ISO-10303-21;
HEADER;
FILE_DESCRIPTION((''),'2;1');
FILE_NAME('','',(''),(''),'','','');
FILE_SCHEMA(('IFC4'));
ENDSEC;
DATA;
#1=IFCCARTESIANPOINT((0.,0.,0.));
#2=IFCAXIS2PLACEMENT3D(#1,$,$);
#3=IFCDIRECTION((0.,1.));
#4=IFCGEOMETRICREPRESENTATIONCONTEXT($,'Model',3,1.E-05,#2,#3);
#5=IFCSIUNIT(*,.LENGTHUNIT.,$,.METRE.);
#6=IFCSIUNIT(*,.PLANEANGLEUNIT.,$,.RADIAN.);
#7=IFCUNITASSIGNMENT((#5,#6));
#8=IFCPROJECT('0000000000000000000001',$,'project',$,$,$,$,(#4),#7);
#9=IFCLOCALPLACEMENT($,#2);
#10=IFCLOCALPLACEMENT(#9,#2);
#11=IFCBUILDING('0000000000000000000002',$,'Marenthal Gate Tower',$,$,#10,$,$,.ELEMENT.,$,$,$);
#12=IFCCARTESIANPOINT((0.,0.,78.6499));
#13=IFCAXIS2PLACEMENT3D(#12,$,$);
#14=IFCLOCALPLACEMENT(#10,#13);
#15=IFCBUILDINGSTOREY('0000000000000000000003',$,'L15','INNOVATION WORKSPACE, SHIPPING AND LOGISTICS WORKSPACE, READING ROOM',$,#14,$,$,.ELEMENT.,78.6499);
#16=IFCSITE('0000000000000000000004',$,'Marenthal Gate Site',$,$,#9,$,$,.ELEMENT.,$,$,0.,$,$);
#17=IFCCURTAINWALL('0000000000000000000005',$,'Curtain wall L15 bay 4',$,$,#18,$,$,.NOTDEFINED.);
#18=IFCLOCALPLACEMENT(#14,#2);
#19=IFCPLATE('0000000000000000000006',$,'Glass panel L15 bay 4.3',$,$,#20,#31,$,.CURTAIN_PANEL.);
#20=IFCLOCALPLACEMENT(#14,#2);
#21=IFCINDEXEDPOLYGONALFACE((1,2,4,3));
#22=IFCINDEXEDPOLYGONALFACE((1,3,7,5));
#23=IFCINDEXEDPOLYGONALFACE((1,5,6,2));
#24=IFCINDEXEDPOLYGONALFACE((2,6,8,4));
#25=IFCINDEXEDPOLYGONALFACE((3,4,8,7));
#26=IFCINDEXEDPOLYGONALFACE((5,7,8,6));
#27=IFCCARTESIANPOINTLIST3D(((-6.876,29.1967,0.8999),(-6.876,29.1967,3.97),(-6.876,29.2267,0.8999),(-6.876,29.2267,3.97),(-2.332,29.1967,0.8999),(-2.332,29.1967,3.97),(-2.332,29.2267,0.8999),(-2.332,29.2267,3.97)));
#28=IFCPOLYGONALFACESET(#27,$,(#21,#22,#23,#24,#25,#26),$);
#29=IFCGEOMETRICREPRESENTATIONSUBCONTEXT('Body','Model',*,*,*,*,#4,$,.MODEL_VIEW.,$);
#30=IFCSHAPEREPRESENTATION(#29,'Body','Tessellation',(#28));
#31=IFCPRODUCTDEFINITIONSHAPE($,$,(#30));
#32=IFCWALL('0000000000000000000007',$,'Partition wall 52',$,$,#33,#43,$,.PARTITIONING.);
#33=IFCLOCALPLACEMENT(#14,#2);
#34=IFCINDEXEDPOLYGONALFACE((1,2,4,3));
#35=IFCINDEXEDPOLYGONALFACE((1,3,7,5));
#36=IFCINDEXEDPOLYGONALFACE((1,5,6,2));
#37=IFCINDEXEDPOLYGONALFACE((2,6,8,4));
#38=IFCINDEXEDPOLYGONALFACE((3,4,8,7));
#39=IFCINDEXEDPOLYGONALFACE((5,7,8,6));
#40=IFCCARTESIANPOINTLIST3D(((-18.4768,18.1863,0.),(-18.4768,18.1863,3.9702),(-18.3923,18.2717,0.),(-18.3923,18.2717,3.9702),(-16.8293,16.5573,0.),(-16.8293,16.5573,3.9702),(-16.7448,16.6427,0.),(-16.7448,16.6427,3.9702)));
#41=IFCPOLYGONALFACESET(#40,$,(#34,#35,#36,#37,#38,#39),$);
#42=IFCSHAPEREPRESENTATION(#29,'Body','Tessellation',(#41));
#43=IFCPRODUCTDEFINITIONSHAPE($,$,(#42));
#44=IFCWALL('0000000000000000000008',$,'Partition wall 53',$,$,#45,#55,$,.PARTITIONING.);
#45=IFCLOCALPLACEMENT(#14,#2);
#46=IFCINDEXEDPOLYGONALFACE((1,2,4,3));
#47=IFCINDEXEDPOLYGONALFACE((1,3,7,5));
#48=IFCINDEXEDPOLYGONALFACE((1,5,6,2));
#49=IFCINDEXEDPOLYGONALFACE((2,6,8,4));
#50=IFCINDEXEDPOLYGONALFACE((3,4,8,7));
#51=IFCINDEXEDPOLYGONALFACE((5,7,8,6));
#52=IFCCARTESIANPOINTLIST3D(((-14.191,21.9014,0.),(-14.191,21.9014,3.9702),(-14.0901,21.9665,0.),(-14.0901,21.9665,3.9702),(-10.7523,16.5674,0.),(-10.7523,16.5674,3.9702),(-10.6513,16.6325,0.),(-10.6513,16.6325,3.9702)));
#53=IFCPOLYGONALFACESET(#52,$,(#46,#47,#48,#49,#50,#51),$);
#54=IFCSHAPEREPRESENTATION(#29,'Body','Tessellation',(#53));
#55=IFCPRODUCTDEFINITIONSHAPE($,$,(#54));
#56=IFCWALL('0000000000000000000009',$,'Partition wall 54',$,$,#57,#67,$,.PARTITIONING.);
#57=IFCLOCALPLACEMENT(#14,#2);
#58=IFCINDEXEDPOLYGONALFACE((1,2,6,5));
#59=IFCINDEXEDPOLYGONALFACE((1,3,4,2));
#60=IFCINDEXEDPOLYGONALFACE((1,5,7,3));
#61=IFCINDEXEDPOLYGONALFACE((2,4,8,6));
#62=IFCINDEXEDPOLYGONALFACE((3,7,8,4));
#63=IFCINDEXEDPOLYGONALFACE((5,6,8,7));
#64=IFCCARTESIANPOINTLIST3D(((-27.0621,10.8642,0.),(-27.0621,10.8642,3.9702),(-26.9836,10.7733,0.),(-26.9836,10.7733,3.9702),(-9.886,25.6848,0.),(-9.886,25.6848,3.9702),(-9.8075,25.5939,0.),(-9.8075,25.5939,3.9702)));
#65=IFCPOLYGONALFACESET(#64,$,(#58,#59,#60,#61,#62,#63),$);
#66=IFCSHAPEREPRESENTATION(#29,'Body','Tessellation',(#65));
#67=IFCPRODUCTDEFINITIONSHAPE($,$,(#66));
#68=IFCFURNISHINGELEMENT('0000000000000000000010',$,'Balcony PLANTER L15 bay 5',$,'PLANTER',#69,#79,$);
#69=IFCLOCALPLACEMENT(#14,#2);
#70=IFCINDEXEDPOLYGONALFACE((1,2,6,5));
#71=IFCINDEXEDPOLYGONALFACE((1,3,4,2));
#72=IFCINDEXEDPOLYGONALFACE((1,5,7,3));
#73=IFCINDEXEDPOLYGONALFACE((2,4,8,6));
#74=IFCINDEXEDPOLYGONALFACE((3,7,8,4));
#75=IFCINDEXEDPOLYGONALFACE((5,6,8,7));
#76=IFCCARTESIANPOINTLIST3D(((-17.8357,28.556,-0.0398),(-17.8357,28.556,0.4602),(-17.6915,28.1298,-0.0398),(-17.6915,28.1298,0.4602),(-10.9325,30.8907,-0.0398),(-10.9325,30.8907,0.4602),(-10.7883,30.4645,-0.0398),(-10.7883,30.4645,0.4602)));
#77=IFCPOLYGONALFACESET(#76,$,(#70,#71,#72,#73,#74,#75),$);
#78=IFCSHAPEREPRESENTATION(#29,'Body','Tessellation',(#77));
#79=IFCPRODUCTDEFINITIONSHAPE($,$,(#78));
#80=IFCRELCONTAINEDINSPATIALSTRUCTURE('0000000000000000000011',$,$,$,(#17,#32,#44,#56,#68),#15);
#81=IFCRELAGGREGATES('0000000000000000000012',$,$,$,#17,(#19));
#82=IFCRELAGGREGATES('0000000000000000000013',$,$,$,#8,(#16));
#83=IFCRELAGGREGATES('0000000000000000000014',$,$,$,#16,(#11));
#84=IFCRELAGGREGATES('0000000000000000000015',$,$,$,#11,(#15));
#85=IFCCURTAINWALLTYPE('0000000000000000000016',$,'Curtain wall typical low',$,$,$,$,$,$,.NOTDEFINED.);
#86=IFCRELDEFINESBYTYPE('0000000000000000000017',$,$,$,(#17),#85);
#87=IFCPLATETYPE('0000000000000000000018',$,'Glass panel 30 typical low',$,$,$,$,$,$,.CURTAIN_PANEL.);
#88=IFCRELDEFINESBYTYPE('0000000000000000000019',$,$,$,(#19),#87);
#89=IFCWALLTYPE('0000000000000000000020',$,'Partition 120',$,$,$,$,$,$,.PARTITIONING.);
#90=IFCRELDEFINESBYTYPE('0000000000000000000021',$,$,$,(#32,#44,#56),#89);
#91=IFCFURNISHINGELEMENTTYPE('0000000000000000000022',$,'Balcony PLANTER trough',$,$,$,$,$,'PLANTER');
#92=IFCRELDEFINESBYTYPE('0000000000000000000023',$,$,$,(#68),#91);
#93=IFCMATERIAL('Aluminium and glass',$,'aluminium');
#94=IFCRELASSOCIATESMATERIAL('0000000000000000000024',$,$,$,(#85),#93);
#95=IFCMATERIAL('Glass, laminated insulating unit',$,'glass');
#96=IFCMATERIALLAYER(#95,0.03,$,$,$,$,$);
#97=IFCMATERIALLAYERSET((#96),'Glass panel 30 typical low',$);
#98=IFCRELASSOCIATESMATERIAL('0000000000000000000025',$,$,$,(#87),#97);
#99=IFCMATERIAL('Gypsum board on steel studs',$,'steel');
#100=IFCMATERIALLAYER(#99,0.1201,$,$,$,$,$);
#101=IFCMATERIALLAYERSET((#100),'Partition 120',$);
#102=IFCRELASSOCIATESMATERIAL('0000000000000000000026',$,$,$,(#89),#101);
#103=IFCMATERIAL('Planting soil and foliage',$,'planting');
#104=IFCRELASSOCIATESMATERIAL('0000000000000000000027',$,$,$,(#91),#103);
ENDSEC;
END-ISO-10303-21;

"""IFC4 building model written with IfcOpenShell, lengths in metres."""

from ifc_helpers import new_model, si_unit, direction, frame, frame_2d, origin, origin_2d, place, context, subcontext, project, spatial, rectangle, extrude, material, layer, layer_set, type_object, element, aggregate, save


model = new_model("IFC4")

# Units and contexts
model_context = context("Model", 3, precision=1e-05, world=origin(), true_north=direction((0.0, 1.0)))
body_context = subcontext(model_context, "Body", "Model", "MODEL_VIEW")
ifc_project = project(units=[si_unit("LENGTHUNIT", "METRE"), si_unit("PLANEANGLEUNIT", "RADIAN")], contexts=[model_context])

# Site, building, storey
site_placement = place(None, origin())
site = spatial("IfcSite", under=ifc_project, at=site_placement, Name="Marenthal Gate Site", CompositionType="ELEMENT", RefElevation=0.0)
building_placement = place(site_placement, origin())
building = spatial("IfcBuilding", under=site, at=building_placement, Name="Marenthal Gate Tower", CompositionType="ELEMENT")
storey_placement = place(building_placement, frame((0.0, 0.0, 78.6499)))
storey = spatial("IfcBuildingStorey", under=building, at=storey_placement, Name="L15", Description="INNOVATION WORKSPACE, SHIPPING AND LOGISTICS WORKSPACE, READING ROOM", CompositionType="ELEMENT", Elevation=78.6499)

# Curtain wall
ifc_material_1 = material(Name="Aluminium and glass", Category="aluminium")
curtain_wall_type = type_object("IfcCurtainWallType", Name="Curtain wall typical low", PredefinedType="NOTDEFINED", material=ifc_material_1)
curtain_wall_placement = place(storey_placement, origin())
curtain_wall = element("IfcCurtainWall", 1, at=curtain_wall_placement, inside=storey, type_object=curtain_wall_type, Name="Curtain wall L15 bay 4", PredefinedType="NOTDEFINED")

# Plate
ifc_material_2 = material(Name="Glass, laminated insulating unit", Category="glass")
ifc_layer_1 = layer(ifc_material_2, 0.03)
ifc_layer_set_1 = layer_set([ifc_layer_1], Name="Glass panel 30 typical low")
plate_type = type_object("IfcPlateType", Name="Glass panel 30 typical low", PredefinedType="CURTAIN_PANEL", material=ifc_layer_set_1)
plate_placement = place(storey_placement, frame((-4.604, 29.2117, 0.8999), z_axis=(0.0, 0.0, 1.0), x_axis=(-1.0, 0.0, 0.0)))
plate = element("IfcPlate", 2, at=plate_placement, type_object=plate_type, Name="Glass panel L15 bay 4.3", PredefinedType="CURTAIN_PANEL", context=body_context, shape_type="SweptSolid", body=[
    extrude(rectangle(XDim=4.5439, YDim=0.03, at=origin_2d()), origin(), (0.0, 0.0, 1.0), 3.0701),
])
aggregate(curtain_wall, [plate])

# Walls
ifc_material_3 = material(Name="Gypsum board on steel studs", Category="steel")
ifc_layer_2 = layer(ifc_material_3, 0.1201)
ifc_layer_set_2 = layer_set([ifc_layer_2], Name="Partition 120")
wall_type_1 = type_object("IfcWallType", Name="Partition 120", PredefinedType="PARTITIONING", material=ifc_layer_set_2)
wall_1_placement = place(storey_placement, frame((-18.4346, 18.229, 0.0), z_axis=(0.0, 0.0, 1.0), x_axis=(0.7111, -0.703091, 0.0)))
element("IfcWall", 3, at=wall_1_placement, inside=storey, type_object=wall_type_1, Name="Partition wall 52", PredefinedType="PARTITIONING", context=body_context, shape_type="SweptSolid", body=[
    extrude(rectangle(XDim=2.3169, YDim=0.1201, at=frame_2d((1.1584, 0.0))), origin(), (0.0, 0.0, 1.0), 3.9702),
])
wall_2_placement = place(storey_placement, frame((-14.1406, 21.9341, 0.0), z_axis=(0.0, 0.0, 1.0), x_axis=(0.541842, -0.84048, 0.0)))
element("IfcWall", 4, at=wall_2_placement, inside=storey, type_object=wall_type_1, Name="Partition wall 53", PredefinedType="PARTITIONING", context=body_context, shape_type="SweptSolid", body=[
    extrude(rectangle(XDim=6.3464, YDim=0.1201, at=frame_2d((3.1733, 0.0))), origin(), (0.0, 0.0, 1.0), 3.9702),
])
wall_3_placement = place(storey_placement, frame((-9.8467, 25.6394, 0.0), z_axis=(0.0, 0.0, 1.0), x_axis=(-0.757113, -0.653284, 0.0)))
element("IfcWall", 5, at=wall_3_placement, inside=storey, type_object=wall_type_1, Name="Partition wall 54", PredefinedType="PARTITIONING", context=body_context, shape_type="SweptSolid", body=[
    extrude(rectangle(XDim=22.6863, YDim=0.1201, at=frame_2d((11.3433, 0.0))), origin(), (0.0, 0.0, 1.0), 3.9702),
])

# Furnishing element
ifc_material_4 = material(Name="Planting soil and foliage", Category="planting")
furnishing_element_type = type_object("IfcFurnishingElementType", Name="Balcony PLANTER trough", ElementType="PLANTER", material=ifc_material_4)
furnishing_placement = place(storey_placement, frame((-14.312, 29.5103, -0.0398), z_axis=(0.0, 0.0, 1.0), x_axis=(-0.947289, -0.320381, 0.0)))
element("IfcFurnishingElement", 6, at=furnishing_placement, inside=storey, type_object=furnishing_element_type, Name="Balcony PLANTER L15 bay 5", ObjectType="PLANTER", context=body_context, shape_type="SweptSolid", body=[
    extrude(rectangle(XDim=7.2874, YDim=0.45, at=origin_2d()), origin(), (0.0, 0.0, 1.0), 0.5),
])

save(model, "model.ifc")
